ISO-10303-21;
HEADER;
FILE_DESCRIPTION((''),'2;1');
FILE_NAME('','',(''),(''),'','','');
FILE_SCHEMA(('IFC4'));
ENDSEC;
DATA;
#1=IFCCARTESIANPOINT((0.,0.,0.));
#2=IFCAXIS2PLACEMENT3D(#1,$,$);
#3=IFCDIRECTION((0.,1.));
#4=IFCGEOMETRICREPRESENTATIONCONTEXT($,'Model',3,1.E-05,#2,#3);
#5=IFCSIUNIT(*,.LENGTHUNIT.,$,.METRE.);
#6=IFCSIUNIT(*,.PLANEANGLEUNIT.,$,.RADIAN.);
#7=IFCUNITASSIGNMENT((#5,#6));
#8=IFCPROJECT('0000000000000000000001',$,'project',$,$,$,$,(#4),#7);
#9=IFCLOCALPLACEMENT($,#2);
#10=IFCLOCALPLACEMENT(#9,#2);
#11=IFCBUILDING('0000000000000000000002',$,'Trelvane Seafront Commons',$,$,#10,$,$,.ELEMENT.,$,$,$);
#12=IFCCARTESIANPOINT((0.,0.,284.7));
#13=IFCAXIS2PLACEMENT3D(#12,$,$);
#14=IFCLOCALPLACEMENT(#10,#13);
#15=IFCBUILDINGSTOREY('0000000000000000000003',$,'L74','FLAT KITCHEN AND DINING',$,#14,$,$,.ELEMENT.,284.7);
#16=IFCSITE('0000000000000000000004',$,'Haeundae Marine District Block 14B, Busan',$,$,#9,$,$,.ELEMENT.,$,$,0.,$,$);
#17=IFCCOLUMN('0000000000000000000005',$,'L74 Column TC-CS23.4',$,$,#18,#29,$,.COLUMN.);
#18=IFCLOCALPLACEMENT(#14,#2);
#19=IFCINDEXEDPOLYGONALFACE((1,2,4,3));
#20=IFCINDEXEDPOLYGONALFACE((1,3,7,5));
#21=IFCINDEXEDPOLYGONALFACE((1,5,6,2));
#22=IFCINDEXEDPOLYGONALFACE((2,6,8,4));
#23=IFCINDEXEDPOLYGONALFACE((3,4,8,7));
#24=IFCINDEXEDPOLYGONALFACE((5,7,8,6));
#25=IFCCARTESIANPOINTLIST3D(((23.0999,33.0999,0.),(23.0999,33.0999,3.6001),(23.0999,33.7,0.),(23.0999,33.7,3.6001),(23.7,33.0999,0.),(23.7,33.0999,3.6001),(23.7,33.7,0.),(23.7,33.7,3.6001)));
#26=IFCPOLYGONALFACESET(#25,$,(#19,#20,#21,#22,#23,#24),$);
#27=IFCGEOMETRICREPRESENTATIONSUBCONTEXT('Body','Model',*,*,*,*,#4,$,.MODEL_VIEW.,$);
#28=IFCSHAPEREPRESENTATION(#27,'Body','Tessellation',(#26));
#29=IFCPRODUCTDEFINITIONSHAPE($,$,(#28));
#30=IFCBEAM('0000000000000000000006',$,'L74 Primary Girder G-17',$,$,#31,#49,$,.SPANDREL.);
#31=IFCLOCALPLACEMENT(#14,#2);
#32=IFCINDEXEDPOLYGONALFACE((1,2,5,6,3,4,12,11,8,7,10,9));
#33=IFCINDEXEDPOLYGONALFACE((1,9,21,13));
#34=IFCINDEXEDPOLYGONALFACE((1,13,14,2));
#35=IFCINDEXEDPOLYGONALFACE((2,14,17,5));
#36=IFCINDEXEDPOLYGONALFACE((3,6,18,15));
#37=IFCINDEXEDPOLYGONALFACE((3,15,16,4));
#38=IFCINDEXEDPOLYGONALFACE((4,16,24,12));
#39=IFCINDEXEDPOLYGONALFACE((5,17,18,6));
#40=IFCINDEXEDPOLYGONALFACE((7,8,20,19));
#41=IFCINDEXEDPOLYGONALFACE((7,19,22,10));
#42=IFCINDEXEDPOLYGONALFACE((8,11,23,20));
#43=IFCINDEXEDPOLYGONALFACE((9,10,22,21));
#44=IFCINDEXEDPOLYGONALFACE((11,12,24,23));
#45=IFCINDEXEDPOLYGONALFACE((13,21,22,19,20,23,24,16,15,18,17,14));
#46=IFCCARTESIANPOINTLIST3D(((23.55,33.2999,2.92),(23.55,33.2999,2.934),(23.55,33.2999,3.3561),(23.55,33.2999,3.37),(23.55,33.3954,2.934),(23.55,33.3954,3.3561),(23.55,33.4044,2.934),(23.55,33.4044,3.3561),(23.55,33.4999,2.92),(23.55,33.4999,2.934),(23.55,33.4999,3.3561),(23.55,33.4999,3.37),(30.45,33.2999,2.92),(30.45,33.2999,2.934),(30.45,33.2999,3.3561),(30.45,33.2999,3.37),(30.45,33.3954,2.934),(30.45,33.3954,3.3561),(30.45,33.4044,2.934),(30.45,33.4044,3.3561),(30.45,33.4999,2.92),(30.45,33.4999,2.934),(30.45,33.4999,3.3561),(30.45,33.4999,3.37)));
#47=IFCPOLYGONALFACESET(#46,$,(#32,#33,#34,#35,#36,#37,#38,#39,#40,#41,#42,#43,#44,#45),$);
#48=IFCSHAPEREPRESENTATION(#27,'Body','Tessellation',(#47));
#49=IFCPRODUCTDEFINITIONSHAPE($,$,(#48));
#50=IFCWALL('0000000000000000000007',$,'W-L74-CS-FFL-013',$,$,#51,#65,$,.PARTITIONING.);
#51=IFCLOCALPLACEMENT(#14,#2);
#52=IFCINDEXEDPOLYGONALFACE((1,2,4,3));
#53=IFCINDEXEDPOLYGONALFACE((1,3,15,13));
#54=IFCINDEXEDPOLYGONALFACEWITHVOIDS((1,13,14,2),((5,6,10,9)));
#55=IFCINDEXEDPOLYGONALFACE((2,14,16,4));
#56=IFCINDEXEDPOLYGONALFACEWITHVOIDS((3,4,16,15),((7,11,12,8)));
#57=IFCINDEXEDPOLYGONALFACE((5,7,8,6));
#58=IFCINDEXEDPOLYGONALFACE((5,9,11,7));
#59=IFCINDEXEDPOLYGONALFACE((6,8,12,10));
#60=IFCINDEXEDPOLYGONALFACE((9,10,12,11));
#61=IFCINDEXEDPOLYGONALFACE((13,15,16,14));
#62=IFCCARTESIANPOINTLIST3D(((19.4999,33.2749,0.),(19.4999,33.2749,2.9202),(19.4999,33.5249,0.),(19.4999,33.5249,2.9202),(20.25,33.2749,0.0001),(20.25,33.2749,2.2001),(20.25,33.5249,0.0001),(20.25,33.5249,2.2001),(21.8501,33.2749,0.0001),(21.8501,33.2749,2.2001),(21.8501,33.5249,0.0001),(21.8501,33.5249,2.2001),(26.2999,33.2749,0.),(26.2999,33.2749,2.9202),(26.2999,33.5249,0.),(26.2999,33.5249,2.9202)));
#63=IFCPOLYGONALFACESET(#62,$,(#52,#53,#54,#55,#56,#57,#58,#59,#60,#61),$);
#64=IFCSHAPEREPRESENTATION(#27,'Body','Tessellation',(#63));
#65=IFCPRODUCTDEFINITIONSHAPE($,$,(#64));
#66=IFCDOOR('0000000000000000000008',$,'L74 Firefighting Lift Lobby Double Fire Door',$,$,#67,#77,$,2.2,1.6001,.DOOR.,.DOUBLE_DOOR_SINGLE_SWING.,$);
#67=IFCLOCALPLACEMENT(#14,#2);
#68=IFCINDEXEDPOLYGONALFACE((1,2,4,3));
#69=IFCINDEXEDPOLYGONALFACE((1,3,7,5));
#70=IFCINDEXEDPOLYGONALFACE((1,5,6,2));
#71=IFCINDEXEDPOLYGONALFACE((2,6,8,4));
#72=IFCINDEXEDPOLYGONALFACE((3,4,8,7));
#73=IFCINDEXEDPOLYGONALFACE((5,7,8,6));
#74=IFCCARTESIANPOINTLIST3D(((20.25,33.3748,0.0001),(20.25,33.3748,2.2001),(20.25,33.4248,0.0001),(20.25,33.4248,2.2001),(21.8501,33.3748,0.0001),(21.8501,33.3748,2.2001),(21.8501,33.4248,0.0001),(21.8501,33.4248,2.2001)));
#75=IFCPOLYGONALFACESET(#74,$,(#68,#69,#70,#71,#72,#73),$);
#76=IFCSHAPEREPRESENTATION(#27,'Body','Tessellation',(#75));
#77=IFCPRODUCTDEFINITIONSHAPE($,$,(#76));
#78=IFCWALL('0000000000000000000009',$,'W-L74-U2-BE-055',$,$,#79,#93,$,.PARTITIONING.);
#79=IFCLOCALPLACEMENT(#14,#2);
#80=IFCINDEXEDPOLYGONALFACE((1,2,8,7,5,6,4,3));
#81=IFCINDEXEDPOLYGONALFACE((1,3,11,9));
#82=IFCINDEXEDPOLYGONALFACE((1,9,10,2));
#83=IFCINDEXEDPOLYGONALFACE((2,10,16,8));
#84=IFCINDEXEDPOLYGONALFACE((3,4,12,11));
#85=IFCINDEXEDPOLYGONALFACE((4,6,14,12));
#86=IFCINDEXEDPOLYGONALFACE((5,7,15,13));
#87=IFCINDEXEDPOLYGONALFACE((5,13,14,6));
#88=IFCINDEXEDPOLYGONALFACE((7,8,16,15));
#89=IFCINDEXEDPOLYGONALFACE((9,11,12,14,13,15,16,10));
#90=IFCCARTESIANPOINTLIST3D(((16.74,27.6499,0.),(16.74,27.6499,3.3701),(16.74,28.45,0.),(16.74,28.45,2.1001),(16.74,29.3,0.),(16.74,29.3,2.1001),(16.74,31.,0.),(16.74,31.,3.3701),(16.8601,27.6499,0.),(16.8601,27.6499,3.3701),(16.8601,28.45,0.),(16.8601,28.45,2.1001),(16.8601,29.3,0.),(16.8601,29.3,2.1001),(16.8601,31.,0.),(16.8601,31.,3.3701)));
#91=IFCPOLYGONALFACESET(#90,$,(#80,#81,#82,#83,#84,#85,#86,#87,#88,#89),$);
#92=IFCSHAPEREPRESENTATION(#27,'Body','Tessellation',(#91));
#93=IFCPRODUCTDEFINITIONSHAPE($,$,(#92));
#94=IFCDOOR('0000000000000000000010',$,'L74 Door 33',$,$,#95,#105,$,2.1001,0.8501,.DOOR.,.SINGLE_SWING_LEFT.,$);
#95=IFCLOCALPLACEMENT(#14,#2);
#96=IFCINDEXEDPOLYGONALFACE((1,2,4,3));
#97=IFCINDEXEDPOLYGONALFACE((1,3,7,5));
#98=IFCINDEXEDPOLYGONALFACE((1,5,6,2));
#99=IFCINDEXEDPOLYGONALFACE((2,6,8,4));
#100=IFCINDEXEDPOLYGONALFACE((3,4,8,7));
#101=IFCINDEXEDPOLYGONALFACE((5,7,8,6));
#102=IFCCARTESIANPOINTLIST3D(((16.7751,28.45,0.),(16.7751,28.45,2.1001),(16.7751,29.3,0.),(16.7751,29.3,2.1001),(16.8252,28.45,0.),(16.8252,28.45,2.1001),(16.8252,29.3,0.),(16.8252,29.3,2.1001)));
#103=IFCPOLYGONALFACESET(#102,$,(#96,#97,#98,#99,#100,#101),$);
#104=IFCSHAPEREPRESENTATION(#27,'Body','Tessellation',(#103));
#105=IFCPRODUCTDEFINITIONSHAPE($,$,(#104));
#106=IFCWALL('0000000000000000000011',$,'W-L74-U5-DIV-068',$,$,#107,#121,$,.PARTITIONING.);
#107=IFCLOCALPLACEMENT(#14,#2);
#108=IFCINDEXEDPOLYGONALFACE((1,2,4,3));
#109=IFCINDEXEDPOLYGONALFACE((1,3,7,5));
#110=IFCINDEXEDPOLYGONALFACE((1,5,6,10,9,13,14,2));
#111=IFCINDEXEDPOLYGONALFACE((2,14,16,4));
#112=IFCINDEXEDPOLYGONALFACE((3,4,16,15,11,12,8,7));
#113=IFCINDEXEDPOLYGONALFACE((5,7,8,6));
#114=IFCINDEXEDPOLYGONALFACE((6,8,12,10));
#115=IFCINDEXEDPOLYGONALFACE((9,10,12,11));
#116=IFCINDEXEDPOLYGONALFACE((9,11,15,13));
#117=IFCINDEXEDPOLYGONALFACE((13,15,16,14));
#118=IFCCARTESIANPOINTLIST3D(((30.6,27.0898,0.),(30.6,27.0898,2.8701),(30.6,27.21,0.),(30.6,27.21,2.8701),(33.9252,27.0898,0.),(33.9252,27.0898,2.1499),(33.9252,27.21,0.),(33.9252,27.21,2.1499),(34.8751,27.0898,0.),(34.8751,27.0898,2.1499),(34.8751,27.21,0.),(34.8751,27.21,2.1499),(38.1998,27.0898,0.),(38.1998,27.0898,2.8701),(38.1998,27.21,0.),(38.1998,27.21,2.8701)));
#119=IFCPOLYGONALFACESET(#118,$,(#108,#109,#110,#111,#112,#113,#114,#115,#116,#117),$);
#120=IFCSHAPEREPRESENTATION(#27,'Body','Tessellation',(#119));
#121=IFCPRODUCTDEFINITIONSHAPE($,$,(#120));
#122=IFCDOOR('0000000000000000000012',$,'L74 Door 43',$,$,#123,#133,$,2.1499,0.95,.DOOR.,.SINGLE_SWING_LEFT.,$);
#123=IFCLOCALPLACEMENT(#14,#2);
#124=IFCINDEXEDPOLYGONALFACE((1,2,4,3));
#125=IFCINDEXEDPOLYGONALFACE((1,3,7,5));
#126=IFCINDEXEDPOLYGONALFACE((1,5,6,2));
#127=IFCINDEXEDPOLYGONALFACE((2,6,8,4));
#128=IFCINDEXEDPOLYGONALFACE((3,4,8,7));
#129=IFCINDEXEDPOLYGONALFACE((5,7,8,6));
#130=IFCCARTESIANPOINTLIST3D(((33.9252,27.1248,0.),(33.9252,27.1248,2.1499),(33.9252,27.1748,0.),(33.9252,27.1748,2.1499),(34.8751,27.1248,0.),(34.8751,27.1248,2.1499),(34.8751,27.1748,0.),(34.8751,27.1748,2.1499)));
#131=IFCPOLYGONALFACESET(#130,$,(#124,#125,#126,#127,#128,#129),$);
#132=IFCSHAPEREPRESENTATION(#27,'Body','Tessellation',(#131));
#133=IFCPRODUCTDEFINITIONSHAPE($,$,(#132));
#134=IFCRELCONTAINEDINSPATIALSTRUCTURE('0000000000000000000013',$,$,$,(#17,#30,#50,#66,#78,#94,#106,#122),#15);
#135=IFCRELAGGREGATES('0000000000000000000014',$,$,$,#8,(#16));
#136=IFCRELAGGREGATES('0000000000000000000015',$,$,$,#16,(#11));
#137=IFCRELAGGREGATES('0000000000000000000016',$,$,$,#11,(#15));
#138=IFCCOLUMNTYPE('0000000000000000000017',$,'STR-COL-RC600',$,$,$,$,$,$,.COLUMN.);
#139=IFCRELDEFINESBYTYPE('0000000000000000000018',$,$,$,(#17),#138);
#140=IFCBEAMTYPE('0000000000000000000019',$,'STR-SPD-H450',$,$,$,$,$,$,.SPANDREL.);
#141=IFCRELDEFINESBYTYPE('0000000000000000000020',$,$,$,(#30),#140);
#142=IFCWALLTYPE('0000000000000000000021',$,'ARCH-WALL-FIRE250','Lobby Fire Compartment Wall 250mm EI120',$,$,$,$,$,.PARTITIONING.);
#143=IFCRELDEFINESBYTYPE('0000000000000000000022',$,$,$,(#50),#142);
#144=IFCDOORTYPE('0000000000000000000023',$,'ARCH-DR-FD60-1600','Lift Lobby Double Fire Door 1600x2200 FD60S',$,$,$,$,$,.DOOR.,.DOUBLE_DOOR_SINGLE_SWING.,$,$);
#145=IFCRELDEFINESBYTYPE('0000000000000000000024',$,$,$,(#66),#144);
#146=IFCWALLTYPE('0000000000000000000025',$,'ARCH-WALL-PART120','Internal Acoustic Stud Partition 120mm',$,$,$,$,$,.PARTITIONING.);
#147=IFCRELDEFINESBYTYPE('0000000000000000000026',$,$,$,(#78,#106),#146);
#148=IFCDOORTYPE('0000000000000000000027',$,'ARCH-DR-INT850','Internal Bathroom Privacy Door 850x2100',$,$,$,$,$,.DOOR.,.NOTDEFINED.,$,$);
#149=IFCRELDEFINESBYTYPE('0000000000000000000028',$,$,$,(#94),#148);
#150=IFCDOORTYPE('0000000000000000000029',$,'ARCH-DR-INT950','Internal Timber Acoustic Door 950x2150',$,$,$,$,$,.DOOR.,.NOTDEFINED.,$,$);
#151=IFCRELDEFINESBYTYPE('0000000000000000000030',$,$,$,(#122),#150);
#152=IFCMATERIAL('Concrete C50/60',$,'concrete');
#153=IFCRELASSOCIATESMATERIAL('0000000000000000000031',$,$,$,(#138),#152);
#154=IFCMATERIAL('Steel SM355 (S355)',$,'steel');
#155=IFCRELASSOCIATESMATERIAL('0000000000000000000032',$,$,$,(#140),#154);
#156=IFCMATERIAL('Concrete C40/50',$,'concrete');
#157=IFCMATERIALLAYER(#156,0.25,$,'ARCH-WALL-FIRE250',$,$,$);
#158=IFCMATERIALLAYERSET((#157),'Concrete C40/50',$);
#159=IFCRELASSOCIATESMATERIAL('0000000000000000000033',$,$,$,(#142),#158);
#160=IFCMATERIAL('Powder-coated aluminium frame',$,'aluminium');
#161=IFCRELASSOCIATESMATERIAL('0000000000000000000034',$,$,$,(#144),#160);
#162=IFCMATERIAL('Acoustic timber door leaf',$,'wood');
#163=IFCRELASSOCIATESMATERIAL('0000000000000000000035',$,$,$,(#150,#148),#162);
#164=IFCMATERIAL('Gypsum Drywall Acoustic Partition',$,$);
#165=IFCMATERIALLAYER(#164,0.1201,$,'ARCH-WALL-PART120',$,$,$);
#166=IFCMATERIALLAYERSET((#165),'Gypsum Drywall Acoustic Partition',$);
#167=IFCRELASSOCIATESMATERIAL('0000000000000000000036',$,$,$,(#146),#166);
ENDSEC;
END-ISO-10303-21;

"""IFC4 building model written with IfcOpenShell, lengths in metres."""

from ifc_helpers import new_model, si_unit, direction, frame, frame_2d, origin, origin_2d, place, context, subcontext, project, spatial, rectangle, i_section, extrude, source, transform, mapped, material, layer, layer_set, material_profile, profile_set, type_object, element, fill, save


model = new_model("IFC4")

# Units and contexts
model_context = context("Model", 3, precision=1e-05, world=origin(), true_north=direction((0.0, 1.0)))
body_context = subcontext(model_context, "Body", "Model", "MODEL_VIEW")
ifc_project = project(units=[si_unit("LENGTHUNIT", "METRE"), si_unit("PLANEANGLEUNIT", "RADIAN")], contexts=[model_context])

# Site, building, storey
site_placement = place(None, origin())
site = spatial("IfcSite", under=ifc_project, at=site_placement, Name="Haeundae Marine District Block 14B, Busan", CompositionType="ELEMENT", RefElevation=0.0)
building_placement = place(site_placement, origin())
building = spatial("IfcBuilding", under=site, at=building_placement, Name="Trelvane Seafront Commons", CompositionType="ELEMENT")
storey_placement = place(building_placement, frame((0.0, 0.0, 284.7)))
storey = spatial("IfcBuildingStorey", under=building, at=storey_placement, Name="L74", Description="FLAT KITCHEN AND DINING", CompositionType="ELEMENT", Elevation=284.7)

# Column
ifc_material_1 = material(Name="Concrete C50/60", Category="concrete")
ifc_material_profile_1 = material_profile(ifc_material_1, rectangle(XDim=0.6001, YDim=0.6001, at=origin_2d()), Name="RC-600x600")
ifc_profile_set_1 = profile_set([ifc_material_profile_1], Name="Concrete C50/60")
column_type = type_object("IfcColumnType", Name="STR-COL-RC600", PredefinedType="COLUMN", material=ifc_profile_set_1)
shared_shape_1 = source(origin(), body_context, "Body", "SweptSolid", [
    extrude(rectangle(XDim=0.6001, YDim=0.6001, at=origin_2d()), origin(), (0.0, 0.0, 1.0), 3.6001),
])
column_placement = place(storey_placement, frame((23.3999, 33.3999, 0.0), z_axis=(0.0, 0.0, 1.0), x_axis=(1.0, 0.0, 0.0)))
element("IfcColumn", 1, at=column_placement, inside=storey, type_object=column_type, Name="L74 Column TC-CS23.4", PredefinedType="COLUMN", context=body_context, shape_type="MappedRepresentation", body=[
    mapped(shared_shape_1, transform((0.0, 0.0, 0.0), x_axis=(1.0, 0.0, 0.0), y_axis=(0.0, 1.0, 0.0), z_axis=(0.0, 0.0, 1.0), scale=1.0)),
])

# Beam
ifc_material_2 = material(Name="Steel SM355 (S355)", Category="steel")
ifc_material_profile_2 = material_profile(ifc_material_2, i_section(OverallWidth=0.2, OverallDepth=0.45, WebThickness=0.009, FlangeThickness=0.0139, at=origin_2d()), Name="H-450x200x9x14")
ifc_profile_set_2 = profile_set([ifc_material_profile_2], Name="Steel SM355 (S355)")
beam_type = type_object("IfcBeamType", Name="STR-SPD-H450", PredefinedType="SPANDREL", material=ifc_profile_set_2)
shared_shape_2 = source(origin(), body_context, "Body", "SweptSolid", [
    extrude(i_section(OverallWidth=0.2, OverallDepth=0.45, WebThickness=0.009, FlangeThickness=0.0139, at=origin_2d()), origin(), (0.0, 0.0, 1.0), 6.8999),
])
beam_placement = place(storey_placement, frame((23.55, 33.3999, 3.145), z_axis=(1.0, 0.0, 0.0), x_axis=(0.0, 1.0, 0.0)))
element("IfcBeam", 2, at=beam_placement, inside=storey, type_object=beam_type, Name="L74 Primary Girder G-17", PredefinedType="SPANDREL", context=body_context, shape_type="MappedRepresentation", body=[
    mapped(shared_shape_2, transform((0.0, 0.0, 0.0), x_axis=(1.0, 0.0, 0.0), y_axis=(0.0, 1.0, 0.0), z_axis=(0.0, 0.0, 1.0), scale=1.0)),
])

# Walls, openings, doors
ifc_material_3 = material(Name="Concrete C40/50", Category="concrete")
ifc_layer_1 = layer(ifc_material_3, 0.25, Name="ARCH-WALL-FIRE250")
ifc_layer_set_1 = layer_set([ifc_layer_1], Name="Concrete C40/50")
wall_type_1 = type_object("IfcWallType", Name="ARCH-WALL-FIRE250", Description="Lobby Fire Compartment Wall 250mm EI120", PredefinedType="PARTITIONING", material=ifc_layer_set_1)
wall_1_placement = place(storey_placement, frame((19.5, 33.3999, 0.0), z_axis=(0.0, 0.0, 1.0), x_axis=(1.0, 0.0, 0.0)))
wall_1 = element("IfcWall", 3, at=wall_1_placement, inside=storey, type_object=wall_type_1, Name="W-L74-CS-FFL-013", PredefinedType="PARTITIONING", context=body_context, shape_type="SweptSolid", body=[
    extrude(rectangle(XDim=6.8, YDim=0.25, at=frame_2d((3.3999, 0.0))), origin(), (0.0, 0.0, 1.0), 2.9202),
])
opening_1_placement = place(wall_1_placement, frame((0.75, 0.0, 0.0)))
opening_1 = element("IfcOpeningElement", 4, at=opening_1_placement, cuts=wall_1, PredefinedType="OPENING", context=body_context, shape_type="SweptSolid", body=[
    extrude(rectangle(XDim=1.6001, YDim=2.2, at=frame_2d((0.8, 1.1001))), frame((0.0, 0.135, 0.0), z_axis=(0.0, -1.0, 0.0), x_axis=(1.0, 0.0, 0.0)), (0.0, 0.0, 1.0), 0.27),
])
ifc_material_4 = material(Name="Powder-coated aluminium frame", Category="aluminium")
door_type_1 = type_object("IfcDoorType", Name="ARCH-DR-FD60-1600", Description="Lift Lobby Double Fire Door 1600x2200 FD60S", OperationType="DOUBLE_DOOR_SINGLE_SWING", PredefinedType="DOOR", material=ifc_material_4)
shared_shape_3 = source(origin(), body_context, "Body", "SweptSolid", [
    extrude(rectangle(XDim=1.6001, YDim=2.2, at=frame_2d((0.8, 1.1001))), frame((0.0, 0.0249, 0.0), z_axis=(0.0, -1.0, 0.0), x_axis=(1.0, 0.0, 0.0)), (0.0, 0.0, 1.0), 0.05),
])
door_1_placement = place(opening_1_placement, origin())
door_1 = element("IfcDoor", 5, at=door_1_placement, inside=storey, type_object=door_type_1, Name="L74 Firefighting Lift Lobby Double Fire Door", OperationType="DOUBLE_DOOR_SINGLE_SWING", OverallHeight=2.2, OverallWidth=1.6001, PredefinedType="DOOR", context=body_context, shape_type="MappedRepresentation", body=[
    mapped(shared_shape_3, transform((0.0, 0.0, 0.0), x_axis=(1.0, 0.0, 0.0), y_axis=(0.0, 1.0, 0.0), z_axis=(0.0, 0.0, 1.0), scale=1.0)),
])
fill(opening_1, door_1)
ifc_material_5 = material(Name="Acoustic timber door leaf", Category="wood")
door_type_2 = type_object("IfcDoorType", Name="ARCH-DR-INT950", Description="Internal Timber Acoustic Door 950x2150", OperationType="NOTDEFINED", PredefinedType="DOOR", material=ifc_material_5)
shared_shape_4 = source(origin(), body_context, "Body", "SweptSolid", [
    extrude(rectangle(XDim=0.95, YDim=2.1499, at=frame_2d((0.4751, 1.075))), frame((0.0, 0.0249, 0.0), z_axis=(0.0, -1.0, 0.0), x_axis=(1.0, 0.0, 0.0)), (0.0, 0.0, 1.0), 0.05),
])
ifc_material_6 = material(Name="Gypsum Drywall Acoustic Partition")
ifc_layer_2 = layer(ifc_material_6, 0.1201, Name="ARCH-WALL-PART120")
ifc_layer_set_2 = layer_set([ifc_layer_2], Name="Gypsum Drywall Acoustic Partition")
wall_type_2 = type_object("IfcWallType", Name="ARCH-WALL-PART120", Description="Internal Acoustic Stud Partition 120mm", PredefinedType="PARTITIONING", material=ifc_layer_set_2)
wall_2_placement = place(storey_placement, frame((16.8, 27.6499, 0.0), z_axis=(0.0, 0.0, 1.0), x_axis=(0.0, 1.0, 0.0)))
wall_2 = element("IfcWall", 6, at=wall_2_placement, inside=storey, type_object=wall_type_2, Name="W-L74-U2-BE-055", PredefinedType="PARTITIONING", context=body_context, shape_type="SweptSolid", body=[
    extrude(rectangle(XDim=3.3501, YDim=0.1201, at=frame_2d((1.675, 0.0))), origin(), (0.0, 0.0, 1.0), 3.3701),
])
opening_2_placement = place(wall_2_placement, frame((0.8, 0.0, 0.0)))
opening_2 = element("IfcOpeningElement", 7, at=opening_2_placement, cuts=wall_2, PredefinedType="OPENING", context=body_context, shape_type="SweptSolid", body=[
    extrude(rectangle(XDim=0.8501, YDim=2.1001, at=frame_2d((0.425, 1.05))), frame((0.0, 0.0701, 0.0), z_axis=(0.0, -1.0, 0.0), x_axis=(1.0, 0.0, 0.0)), (0.0, 0.0, 1.0), 0.1401),
])
door_type_3 = type_object("IfcDoorType", Name="ARCH-DR-INT850", Description="Internal Bathroom Privacy Door 850x2100", OperationType="NOTDEFINED", PredefinedType="DOOR", material=ifc_material_5)
shared_shape_5 = source(origin(), body_context, "Body", "SweptSolid", [
    extrude(rectangle(XDim=0.8501, YDim=2.1001, at=frame_2d((0.425, 1.05))), frame((0.0, 0.0249, 0.0), z_axis=(0.0, -1.0, 0.0), x_axis=(1.0, 0.0, 0.0)), (0.0, 0.0, 1.0), 0.05),
])
door_2_placement = place(opening_2_placement, origin())
door_2 = element("IfcDoor", 8, at=door_2_placement, inside=storey, type_object=door_type_3, Name="L74 Door 33", OperationType="SINGLE_SWING_LEFT", OverallHeight=2.1001, OverallWidth=0.8501, PredefinedType="DOOR", context=body_context, shape_type="MappedRepresentation", body=[
    mapped(shared_shape_5, transform((0.0, 0.0, 0.0), x_axis=(1.0, 0.0, 0.0), y_axis=(0.0, 1.0, 0.0), z_axis=(0.0, 0.0, 1.0), scale=1.0)),
])
fill(opening_2, door_2)
wall_3_placement = place(storey_placement, frame((30.6001, 27.1499, 0.0), z_axis=(0.0, 0.0, 1.0), x_axis=(1.0, 0.0, 0.0)))
wall_3 = element("IfcWall", 9, at=wall_3_placement, inside=storey, type_object=wall_type_2, Name="W-L74-U5-DIV-068", PredefinedType="PARTITIONING", context=body_context, shape_type="SweptSolid", body=[
    extrude(rectangle(XDim=7.5999, YDim=0.1201, at=frame_2d((3.7998, 0.0))), origin(), (0.0, 0.0, 1.0), 2.8701),
])
opening_3_placement = place(wall_3_placement, frame((3.325, 0.0, 0.0)))
opening_3 = element("IfcOpeningElement", 10, at=opening_3_placement, cuts=wall_3, PredefinedType="OPENING", context=body_context, shape_type="SweptSolid", body=[
    extrude(rectangle(XDim=0.95, YDim=2.1499, at=frame_2d((0.4751, 1.075))), frame((0.0, 0.0701, 0.0), z_axis=(0.0, -1.0, 0.0), x_axis=(1.0, 0.0, 0.0)), (0.0, 0.0, 1.0), 0.1401),
])
door_3_placement = place(opening_3_placement, origin())
door_3 = element("IfcDoor", 11, at=door_3_placement, inside=storey, type_object=door_type_2, Name="L74 Door 43", OperationType="SINGLE_SWING_LEFT", OverallHeight=2.1499, OverallWidth=0.95, PredefinedType="DOOR", context=body_context, shape_type="MappedRepresentation", body=[
    mapped(shared_shape_4, transform((0.0, 0.0, 0.0), x_axis=(1.0, 0.0, 0.0), y_axis=(0.0, 1.0, 0.0), z_axis=(0.0, 0.0, 1.0), scale=1.0)),
])
fill(opening_3, door_3)

save(model, "model.ifc")
